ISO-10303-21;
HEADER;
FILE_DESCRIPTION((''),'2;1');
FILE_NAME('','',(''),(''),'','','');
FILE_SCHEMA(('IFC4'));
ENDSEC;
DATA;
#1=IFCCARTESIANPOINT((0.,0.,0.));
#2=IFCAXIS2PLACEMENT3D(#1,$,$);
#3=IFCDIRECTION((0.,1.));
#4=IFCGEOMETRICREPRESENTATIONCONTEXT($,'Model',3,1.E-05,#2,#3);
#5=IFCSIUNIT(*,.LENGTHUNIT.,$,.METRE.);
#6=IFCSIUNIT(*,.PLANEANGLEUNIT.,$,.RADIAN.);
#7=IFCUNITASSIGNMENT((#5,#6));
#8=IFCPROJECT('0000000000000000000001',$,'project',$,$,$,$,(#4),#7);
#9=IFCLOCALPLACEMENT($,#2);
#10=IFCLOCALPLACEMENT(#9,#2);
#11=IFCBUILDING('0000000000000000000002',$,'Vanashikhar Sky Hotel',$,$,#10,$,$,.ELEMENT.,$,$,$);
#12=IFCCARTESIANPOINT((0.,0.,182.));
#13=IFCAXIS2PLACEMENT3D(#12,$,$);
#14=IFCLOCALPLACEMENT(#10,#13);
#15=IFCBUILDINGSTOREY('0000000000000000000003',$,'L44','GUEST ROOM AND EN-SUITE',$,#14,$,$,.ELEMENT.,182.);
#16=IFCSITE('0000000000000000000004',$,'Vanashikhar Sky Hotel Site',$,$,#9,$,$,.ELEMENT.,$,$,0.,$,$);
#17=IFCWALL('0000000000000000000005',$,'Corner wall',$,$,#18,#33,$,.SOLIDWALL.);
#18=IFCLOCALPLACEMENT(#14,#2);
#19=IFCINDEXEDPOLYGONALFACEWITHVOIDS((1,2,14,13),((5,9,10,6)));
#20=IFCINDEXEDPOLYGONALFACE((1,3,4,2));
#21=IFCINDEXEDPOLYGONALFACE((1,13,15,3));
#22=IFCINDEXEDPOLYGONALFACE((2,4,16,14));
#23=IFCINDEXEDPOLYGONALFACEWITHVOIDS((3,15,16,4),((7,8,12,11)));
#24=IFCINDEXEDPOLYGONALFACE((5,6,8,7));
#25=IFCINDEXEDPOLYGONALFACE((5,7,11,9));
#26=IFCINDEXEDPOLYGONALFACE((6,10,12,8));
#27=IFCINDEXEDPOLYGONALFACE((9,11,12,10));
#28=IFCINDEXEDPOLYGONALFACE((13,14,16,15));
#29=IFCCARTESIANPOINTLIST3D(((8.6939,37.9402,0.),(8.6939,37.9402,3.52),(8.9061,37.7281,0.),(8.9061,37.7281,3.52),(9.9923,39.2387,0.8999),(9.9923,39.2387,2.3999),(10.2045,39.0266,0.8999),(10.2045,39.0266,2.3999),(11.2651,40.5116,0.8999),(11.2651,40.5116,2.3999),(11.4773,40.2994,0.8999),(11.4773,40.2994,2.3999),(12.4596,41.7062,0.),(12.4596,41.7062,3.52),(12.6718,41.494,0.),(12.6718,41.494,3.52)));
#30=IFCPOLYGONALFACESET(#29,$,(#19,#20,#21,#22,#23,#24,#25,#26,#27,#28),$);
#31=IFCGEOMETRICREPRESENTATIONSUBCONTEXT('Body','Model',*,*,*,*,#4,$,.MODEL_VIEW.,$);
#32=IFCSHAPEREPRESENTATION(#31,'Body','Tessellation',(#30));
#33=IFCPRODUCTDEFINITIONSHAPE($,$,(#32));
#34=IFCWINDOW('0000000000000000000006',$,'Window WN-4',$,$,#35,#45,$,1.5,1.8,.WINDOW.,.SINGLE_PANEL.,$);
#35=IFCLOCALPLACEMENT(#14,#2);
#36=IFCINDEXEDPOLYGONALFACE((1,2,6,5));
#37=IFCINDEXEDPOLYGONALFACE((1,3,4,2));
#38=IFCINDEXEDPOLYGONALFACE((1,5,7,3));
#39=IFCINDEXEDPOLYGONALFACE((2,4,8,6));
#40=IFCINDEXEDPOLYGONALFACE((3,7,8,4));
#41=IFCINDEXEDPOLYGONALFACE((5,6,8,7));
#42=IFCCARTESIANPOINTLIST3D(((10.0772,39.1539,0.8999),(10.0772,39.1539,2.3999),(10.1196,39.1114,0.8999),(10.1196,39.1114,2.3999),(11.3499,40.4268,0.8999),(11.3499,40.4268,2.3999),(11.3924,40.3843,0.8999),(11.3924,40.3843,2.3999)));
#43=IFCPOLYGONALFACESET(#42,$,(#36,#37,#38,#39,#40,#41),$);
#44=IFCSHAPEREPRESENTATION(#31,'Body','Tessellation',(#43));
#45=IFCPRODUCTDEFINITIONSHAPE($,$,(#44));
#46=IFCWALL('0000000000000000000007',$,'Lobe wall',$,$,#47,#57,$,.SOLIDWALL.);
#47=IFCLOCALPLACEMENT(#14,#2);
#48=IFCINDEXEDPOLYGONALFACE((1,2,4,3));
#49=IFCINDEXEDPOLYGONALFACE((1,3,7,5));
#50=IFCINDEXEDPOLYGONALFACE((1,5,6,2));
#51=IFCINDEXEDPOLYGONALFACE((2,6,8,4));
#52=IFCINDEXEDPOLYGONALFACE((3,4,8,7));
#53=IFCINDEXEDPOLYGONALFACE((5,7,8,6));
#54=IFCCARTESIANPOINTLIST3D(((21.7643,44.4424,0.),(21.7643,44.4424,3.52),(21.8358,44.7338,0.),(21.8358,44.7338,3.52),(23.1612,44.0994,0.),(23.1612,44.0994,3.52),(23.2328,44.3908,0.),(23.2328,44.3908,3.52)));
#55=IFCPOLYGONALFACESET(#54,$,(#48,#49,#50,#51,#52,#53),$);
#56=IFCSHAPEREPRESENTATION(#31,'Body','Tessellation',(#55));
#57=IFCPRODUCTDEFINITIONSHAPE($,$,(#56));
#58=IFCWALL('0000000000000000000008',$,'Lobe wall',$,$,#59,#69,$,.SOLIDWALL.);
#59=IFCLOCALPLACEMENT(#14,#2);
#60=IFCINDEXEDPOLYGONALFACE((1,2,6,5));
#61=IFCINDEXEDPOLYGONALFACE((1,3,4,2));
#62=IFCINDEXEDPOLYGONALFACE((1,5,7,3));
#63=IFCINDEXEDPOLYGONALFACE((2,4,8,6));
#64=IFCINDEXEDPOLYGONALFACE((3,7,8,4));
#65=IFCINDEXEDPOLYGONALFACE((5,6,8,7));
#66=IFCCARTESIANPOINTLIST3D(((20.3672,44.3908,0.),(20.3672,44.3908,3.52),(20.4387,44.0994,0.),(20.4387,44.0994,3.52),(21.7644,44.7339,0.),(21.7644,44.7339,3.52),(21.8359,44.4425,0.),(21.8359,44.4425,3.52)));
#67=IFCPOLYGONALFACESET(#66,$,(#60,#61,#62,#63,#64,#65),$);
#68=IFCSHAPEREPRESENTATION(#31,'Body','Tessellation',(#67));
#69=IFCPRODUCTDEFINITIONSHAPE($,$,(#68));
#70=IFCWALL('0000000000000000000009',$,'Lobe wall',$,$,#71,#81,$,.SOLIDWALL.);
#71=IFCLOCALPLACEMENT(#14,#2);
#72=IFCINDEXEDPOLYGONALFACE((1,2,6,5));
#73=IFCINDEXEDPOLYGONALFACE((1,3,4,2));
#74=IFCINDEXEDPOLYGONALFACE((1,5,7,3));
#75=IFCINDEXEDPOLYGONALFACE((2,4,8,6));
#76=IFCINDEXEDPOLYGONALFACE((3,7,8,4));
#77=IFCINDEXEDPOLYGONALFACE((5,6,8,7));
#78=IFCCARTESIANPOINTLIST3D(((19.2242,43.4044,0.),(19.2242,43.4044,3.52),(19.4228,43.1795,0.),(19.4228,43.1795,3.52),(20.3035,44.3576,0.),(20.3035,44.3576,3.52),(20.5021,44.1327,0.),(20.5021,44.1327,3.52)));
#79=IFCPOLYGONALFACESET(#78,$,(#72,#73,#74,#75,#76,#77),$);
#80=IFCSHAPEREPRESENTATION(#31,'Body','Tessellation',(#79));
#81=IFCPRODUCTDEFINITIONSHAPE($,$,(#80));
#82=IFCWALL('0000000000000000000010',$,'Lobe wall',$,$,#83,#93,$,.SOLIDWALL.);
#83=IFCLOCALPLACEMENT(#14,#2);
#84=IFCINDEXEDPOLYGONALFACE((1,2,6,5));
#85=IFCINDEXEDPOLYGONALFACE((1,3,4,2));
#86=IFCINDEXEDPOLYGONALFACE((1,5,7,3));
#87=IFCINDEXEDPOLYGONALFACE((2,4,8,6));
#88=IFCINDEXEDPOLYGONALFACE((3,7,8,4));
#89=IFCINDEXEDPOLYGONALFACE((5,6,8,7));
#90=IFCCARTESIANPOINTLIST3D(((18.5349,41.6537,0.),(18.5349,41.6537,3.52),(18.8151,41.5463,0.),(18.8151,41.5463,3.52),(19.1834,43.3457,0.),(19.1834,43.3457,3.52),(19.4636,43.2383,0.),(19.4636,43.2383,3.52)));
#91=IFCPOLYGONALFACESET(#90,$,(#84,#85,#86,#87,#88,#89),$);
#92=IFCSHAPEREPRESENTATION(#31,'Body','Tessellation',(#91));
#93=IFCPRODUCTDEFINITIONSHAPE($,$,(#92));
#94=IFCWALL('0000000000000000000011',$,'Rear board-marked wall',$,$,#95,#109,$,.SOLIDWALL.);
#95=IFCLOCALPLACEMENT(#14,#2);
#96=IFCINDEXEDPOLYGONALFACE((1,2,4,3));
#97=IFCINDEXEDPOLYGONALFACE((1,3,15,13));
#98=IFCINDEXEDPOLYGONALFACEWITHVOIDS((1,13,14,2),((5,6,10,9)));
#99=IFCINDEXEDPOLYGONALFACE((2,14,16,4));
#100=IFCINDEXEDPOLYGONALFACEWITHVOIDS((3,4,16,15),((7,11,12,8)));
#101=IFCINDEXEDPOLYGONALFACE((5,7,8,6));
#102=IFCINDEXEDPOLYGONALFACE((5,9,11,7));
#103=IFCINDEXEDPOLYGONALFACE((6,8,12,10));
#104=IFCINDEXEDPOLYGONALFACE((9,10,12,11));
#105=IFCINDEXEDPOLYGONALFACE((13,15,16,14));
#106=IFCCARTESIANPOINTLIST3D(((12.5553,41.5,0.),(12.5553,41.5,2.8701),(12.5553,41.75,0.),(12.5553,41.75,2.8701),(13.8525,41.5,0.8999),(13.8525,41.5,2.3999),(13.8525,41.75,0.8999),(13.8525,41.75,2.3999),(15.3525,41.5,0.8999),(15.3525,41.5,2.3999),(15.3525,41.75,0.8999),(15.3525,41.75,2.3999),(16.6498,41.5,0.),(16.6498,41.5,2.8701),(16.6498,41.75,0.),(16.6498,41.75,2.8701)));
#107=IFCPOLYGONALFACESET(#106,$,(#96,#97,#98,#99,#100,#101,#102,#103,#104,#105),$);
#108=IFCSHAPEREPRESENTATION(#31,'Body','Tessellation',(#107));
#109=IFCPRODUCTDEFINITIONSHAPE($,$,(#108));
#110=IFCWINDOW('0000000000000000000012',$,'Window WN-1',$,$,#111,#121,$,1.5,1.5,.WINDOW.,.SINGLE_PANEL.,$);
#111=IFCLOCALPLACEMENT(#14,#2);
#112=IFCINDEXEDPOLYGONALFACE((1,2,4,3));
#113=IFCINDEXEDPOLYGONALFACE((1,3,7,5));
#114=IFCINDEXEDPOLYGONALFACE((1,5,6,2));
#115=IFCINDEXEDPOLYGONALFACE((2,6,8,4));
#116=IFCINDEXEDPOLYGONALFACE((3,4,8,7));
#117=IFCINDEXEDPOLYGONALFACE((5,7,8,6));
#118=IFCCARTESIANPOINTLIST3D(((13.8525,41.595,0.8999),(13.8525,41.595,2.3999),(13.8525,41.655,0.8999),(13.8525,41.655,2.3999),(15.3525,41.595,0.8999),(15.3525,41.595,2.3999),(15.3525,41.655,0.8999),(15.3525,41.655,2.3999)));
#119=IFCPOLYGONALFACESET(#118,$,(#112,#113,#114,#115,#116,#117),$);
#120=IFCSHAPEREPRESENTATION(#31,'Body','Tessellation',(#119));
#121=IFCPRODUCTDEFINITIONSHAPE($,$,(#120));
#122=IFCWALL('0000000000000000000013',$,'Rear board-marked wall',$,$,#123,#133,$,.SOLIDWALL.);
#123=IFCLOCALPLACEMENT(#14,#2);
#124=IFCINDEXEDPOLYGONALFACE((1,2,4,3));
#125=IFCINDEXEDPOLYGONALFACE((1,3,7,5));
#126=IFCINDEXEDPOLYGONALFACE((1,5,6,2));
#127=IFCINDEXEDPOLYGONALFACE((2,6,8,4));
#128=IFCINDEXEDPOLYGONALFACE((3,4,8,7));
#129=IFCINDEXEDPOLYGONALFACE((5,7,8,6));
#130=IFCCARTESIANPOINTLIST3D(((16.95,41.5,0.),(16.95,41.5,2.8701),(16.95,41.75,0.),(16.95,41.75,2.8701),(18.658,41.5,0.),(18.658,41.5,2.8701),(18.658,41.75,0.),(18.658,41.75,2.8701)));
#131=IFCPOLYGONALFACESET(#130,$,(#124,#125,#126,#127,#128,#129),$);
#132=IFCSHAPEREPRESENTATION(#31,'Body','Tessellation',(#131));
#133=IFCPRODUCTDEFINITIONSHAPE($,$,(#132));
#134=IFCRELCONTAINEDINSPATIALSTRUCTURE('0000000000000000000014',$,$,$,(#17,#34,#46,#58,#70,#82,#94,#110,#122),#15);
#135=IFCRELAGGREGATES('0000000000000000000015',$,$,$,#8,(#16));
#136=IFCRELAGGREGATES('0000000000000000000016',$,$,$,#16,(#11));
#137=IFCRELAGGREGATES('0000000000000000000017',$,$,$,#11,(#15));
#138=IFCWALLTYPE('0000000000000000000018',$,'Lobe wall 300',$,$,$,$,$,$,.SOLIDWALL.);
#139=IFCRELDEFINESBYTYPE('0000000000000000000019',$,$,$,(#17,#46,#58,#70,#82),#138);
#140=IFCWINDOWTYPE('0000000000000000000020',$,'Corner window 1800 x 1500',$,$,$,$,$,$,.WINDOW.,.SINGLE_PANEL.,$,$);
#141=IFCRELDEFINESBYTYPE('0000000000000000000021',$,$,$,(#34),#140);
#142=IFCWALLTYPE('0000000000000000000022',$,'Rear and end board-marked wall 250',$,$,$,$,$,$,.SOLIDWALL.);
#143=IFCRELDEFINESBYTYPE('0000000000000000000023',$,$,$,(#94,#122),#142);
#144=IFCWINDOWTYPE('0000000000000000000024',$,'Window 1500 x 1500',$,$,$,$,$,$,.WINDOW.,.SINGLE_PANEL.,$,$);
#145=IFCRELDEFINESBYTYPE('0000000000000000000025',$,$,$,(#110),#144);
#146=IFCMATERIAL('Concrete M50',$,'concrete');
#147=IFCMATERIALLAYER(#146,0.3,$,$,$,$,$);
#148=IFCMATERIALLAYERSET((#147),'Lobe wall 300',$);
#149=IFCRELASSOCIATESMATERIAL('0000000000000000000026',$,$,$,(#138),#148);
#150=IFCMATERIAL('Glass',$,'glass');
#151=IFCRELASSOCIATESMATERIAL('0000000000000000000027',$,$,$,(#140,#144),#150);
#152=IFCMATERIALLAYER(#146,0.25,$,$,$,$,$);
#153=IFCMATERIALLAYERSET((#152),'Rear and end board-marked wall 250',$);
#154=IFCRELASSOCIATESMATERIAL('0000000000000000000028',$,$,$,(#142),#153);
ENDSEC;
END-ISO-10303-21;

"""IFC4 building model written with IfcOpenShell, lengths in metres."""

from ifc_helpers import new_model, si_unit, direction, frame, frame_2d, origin, place, context, subcontext, project, spatial, rectangle, extrude, source, transform, mapped, material, layer, layer_set, type_object, element, fill, save


model = new_model("IFC4")

# Units and contexts
model_context = context("Model", 3, precision=1e-05, world=origin(), true_north=direction((0.0, 1.0)))
body_context = subcontext(model_context, "Body", "Model", "MODEL_VIEW")
ifc_project = project(units=[si_unit("LENGTHUNIT", "METRE"), si_unit("PLANEANGLEUNIT", "RADIAN")], contexts=[model_context])

# Site, building, storey
site_placement = place(None, origin())
site = spatial("IfcSite", under=ifc_project, at=site_placement, Name="Vanashikhar Sky Hotel Site", CompositionType="ELEMENT", RefElevation=0.0)
building_placement = place(site_placement, origin())
building = spatial("IfcBuilding", under=site, at=building_placement, Name="Vanashikhar Sky Hotel", CompositionType="ELEMENT")
storey_placement = place(building_placement, frame((0.0, 0.0, 182.0)))
storey = spatial("IfcBuildingStorey", under=building, at=storey_placement, Name="L44", Description="GUEST ROOM AND EN-SUITE", CompositionType="ELEMENT", Elevation=182.0)

# Wall, opening, window
ifc_material_1 = material(Name="Concrete M50", Category="concrete")
ifc_layer_1 = layer(ifc_material_1, 0.3)
ifc_layer_set_1 = layer_set([ifc_layer_1], Name="Lobe wall 300")
wall_type_1 = type_object("IfcWallType", Name="Lobe wall 300", PredefinedType="SOLIDWALL", material=ifc_layer_set_1)
shared_shape_1 = source(origin(), body_context, "Body", "SweptSolid", [
    extrude(rectangle(XDim=5.3257, YDim=0.3, at=frame_2d((2.6628, 0.0))), origin(), (0.0, 0.0, 1.0), 3.52),
])
wall_1_placement = place(storey_placement, frame((12.5657, 41.6001, 0.0), z_axis=(0.0, 0.0, 1.0), x_axis=(-0.707084, -0.70713, 0.0)))
wall_1 = element("IfcWall", 1, at=wall_1_placement, inside=storey, type_object=wall_type_1, Name="Corner wall", PredefinedType="SOLIDWALL", context=body_context, shape_type="MappedRepresentation", body=[
    mapped(shared_shape_1, transform((0.0, 0.0, 0.0), scale=1.0)),
])
shared_shape_2 = source(origin(), body_context, "Body", "SweptSolid", [
    extrude(rectangle(XDim=1.8, YDim=1.5, at=frame_2d((0.8999, 0.75))), frame((0.0, 0.1602, 0.0), z_axis=(0.0, -1.0, 0.0), x_axis=(1.0, 0.0, 0.0)), (0.0, 0.0, 1.0), 0.3201),
])
opening_1_placement = place(wall_1_placement, frame((1.6895, 0.0, 0.8999)))
opening_1 = element("IfcOpeningElement", 2, at=opening_1_placement, cuts=wall_1, PredefinedType="OPENING", context=body_context, shape_type="MappedRepresentation", body=[
    mapped(shared_shape_2, transform((0.0, 0.0, 0.0), scale=1.0)),
])
ifc_material_2 = material(Name="Glass", Category="glass")
window_type_1 = type_object("IfcWindowType", Name="Corner window 1800 x 1500", PartitioningType="SINGLE_PANEL", PredefinedType="WINDOW", material=ifc_material_2)
shared_shape_3 = source(origin(), body_context, "Body", "SweptSolid", [
    extrude(rectangle(XDim=1.8, YDim=1.5, at=frame_2d((0.8999, 0.75))), frame((0.0, 0.03, 0.0), z_axis=(0.0, -1.0, 0.0), x_axis=(1.0, 0.0, 0.0)), (0.0, 0.0, 1.0), 0.0601),
])
window_1_placement = place(opening_1_placement, origin())
window_1 = element("IfcWindow", 3, at=window_1_placement, inside=storey, type_object=window_type_1, Name="Window WN-4", OverallHeight=1.5, OverallWidth=1.8, PartitioningType="SINGLE_PANEL", PredefinedType="WINDOW", context=body_context, shape_type="MappedRepresentation", body=[
    mapped(shared_shape_3, transform((0.0, 0.0, 0.0), scale=1.0)),
])
fill(opening_1, window_1)

# Walls
shared_shape_4 = source(origin(), body_context, "Body", "SweptSolid", [
    extrude(rectangle(XDim=1.4385, YDim=0.3, at=frame_2d((0.7192, 0.0))), origin(), (0.0, 0.0, 1.0), 3.52),
])
wall_2_placement = place(storey_placement, frame((23.197, 44.2451, 0.0), z_axis=(0.0, 0.0, 1.0), x_axis=(-0.971152, 0.23846, 0.0)))
element("IfcWall", 4, at=wall_2_placement, inside=storey, type_object=wall_type_1, Name="Lobe wall", PredefinedType="SOLIDWALL", context=body_context, shape_type="MappedRepresentation", body=[
    mapped(shared_shape_4, transform((0.0, 0.0, 0.0), scale=1.0)),
])
shared_shape_5 = source(origin(), body_context, "Body", "SweptSolid", [
    extrude(rectangle(XDim=1.4387, YDim=0.3, at=frame_2d((0.7192, 0.0))), origin(), (0.0, 0.0, 1.0), 3.52),
])
wall_3_placement = place(storey_placement, frame((21.8, 44.5881, 0.0), z_axis=(0.0, 0.0, 1.0), x_axis=(-0.971162, -0.238421, 0.0)))
element("IfcWall", 5, at=wall_3_placement, inside=storey, type_object=wall_type_1, Name="Lobe wall", PredefinedType="SOLIDWALL", context=body_context, shape_type="MappedRepresentation", body=[
    mapped(shared_shape_5, transform((0.0, 0.0, 0.0), scale=1.0)),
])
shared_shape_6 = source(origin(), body_context, "Body", "SweptSolid", [
    extrude(rectangle(XDim=1.4399, YDim=0.3, at=frame_2d((0.72, 0.0))), origin(), (0.0, 0.0, 1.0), 3.52),
])
wall_4_placement = place(storey_placement, frame((20.4028, 44.2451, 0.0), z_axis=(0.0, 0.0, 1.0), x_axis=(-0.749576, -0.661919, 0.0)))
element("IfcWall", 6, at=wall_4_placement, inside=storey, type_object=wall_type_1, Name="Lobe wall", PredefinedType="SOLIDWALL", context=body_context, shape_type="MappedRepresentation", body=[
    mapped(shared_shape_6, transform((0.0, 0.0, 0.0), scale=1.0)),
])
shared_shape_7 = source(origin(), body_context, "Body", "SweptSolid", [
    extrude(rectangle(XDim=1.812, YDim=0.3, at=frame_2d((0.906, 0.0))), origin(), (0.0, 0.0, 1.0), 3.52),
])
wall_5_placement = place(storey_placement, frame((19.3235, 43.292, 0.0), z_axis=(0.0, 0.0, 1.0), x_axis=(-0.357877, -0.933769, 0.0)))
element("IfcWall", 7, at=wall_5_placement, inside=storey, type_object=wall_type_1, Name="Lobe wall", PredefinedType="SOLIDWALL", context=body_context, shape_type="MappedRepresentation", body=[
    mapped(shared_shape_7, transform((0.0, 0.0, 0.0), scale=1.0)),
])

# Wall, opening, window
ifc_layer_2 = layer(ifc_material_1, 0.25)
ifc_layer_set_2 = layer_set([ifc_layer_2], Name="Rear and end board-marked wall 250")
wall_type_2 = type_object("IfcWallType", Name="Rear and end board-marked wall 250", PredefinedType="SOLIDWALL", material=ifc_layer_set_2)
shared_shape_8 = source(origin(), body_context, "Body", "SweptSolid", [
    extrude(rectangle(XDim=4.0945, YDim=0.25, at=frame_2d((2.0474, 0.0))), origin(), (0.0, 0.0, 1.0), 2.8701),
])
wall_6_placement = place(storey_placement, frame((16.6499, 41.625, 0.0), z_axis=(0.0, 0.0, 1.0), x_axis=(-1.0, 0.0, 0.0)))
wall_6 = element("IfcWall", 8, at=wall_6_placement, inside=storey, type_object=wall_type_2, Name="Rear board-marked wall", PredefinedType="SOLIDWALL", context=body_context, shape_type="MappedRepresentation", body=[
    mapped(shared_shape_8, transform((0.0, 0.0, 0.0), scale=1.0)),
])
shared_shape_9 = source(origin(), body_context, "Body", "SweptSolid", [
    extrude(rectangle(XDim=1.5, YDim=1.5, at=frame_2d((0.75, 0.75))), frame((0.0, 0.135, 0.0), z_axis=(0.0, -1.0, 0.0), x_axis=(1.0, 0.0, 0.0)), (0.0, 0.0, 1.0), 0.27),
])
opening_2_placement = place(wall_6_placement, frame((1.2974, 0.0, 0.8999)))
opening_2 = element("IfcOpeningElement", 9, at=opening_2_placement, cuts=wall_6, PredefinedType="OPENING", context=body_context, shape_type="MappedRepresentation", body=[
    mapped(shared_shape_9, transform((0.0, 0.0, 0.0), scale=1.0)),
])
window_type_2 = type_object("IfcWindowType", Name="Window 1500 x 1500", PartitioningType="SINGLE_PANEL", PredefinedType="WINDOW", material=ifc_material_2)
shared_shape_10 = source(origin(), body_context, "Body", "SweptSolid", [
    extrude(rectangle(XDim=1.5, YDim=1.5, at=frame_2d((0.75, 0.75))), frame((0.0, 0.03, 0.0), z_axis=(0.0, -1.0, 0.0), x_axis=(1.0, 0.0, 0.0)), (0.0, 0.0, 1.0), 0.0601),
])
window_2_placement = place(opening_2_placement, origin())
window_2 = element("IfcWindow", 10, at=window_2_placement, inside=storey, type_object=window_type_2, Name="Window WN-1", OverallHeight=1.5, OverallWidth=1.5, PartitioningType="SINGLE_PANEL", PredefinedType="WINDOW", context=body_context, shape_type="MappedRepresentation", body=[
    mapped(shared_shape_10, transform((0.0, 0.0, 0.0), scale=1.0)),
])
fill(opening_2, window_2)

# Wall
shared_shape_11 = source(origin(), body_context, "Body", "SweptSolid", [
    extrude(rectangle(XDim=1.708, YDim=0.25, at=frame_2d((0.854, 0.0))), origin(), (0.0, 0.0, 1.0), 2.8701),
])
wall_7_placement = place(storey_placement, frame((18.658, 41.625, 0.0), z_axis=(0.0, 0.0, 1.0), x_axis=(-1.0, 0.0, 0.0)))
element("IfcWall", 11, at=wall_7_placement, inside=storey, type_object=wall_type_2, Name="Rear board-marked wall", PredefinedType="SOLIDWALL", context=body_context, shape_type="MappedRepresentation", body=[
    mapped(shared_shape_11, transform((0.0, 0.0, 0.0), scale=1.0)),
])

save(model, "model.ifc")
